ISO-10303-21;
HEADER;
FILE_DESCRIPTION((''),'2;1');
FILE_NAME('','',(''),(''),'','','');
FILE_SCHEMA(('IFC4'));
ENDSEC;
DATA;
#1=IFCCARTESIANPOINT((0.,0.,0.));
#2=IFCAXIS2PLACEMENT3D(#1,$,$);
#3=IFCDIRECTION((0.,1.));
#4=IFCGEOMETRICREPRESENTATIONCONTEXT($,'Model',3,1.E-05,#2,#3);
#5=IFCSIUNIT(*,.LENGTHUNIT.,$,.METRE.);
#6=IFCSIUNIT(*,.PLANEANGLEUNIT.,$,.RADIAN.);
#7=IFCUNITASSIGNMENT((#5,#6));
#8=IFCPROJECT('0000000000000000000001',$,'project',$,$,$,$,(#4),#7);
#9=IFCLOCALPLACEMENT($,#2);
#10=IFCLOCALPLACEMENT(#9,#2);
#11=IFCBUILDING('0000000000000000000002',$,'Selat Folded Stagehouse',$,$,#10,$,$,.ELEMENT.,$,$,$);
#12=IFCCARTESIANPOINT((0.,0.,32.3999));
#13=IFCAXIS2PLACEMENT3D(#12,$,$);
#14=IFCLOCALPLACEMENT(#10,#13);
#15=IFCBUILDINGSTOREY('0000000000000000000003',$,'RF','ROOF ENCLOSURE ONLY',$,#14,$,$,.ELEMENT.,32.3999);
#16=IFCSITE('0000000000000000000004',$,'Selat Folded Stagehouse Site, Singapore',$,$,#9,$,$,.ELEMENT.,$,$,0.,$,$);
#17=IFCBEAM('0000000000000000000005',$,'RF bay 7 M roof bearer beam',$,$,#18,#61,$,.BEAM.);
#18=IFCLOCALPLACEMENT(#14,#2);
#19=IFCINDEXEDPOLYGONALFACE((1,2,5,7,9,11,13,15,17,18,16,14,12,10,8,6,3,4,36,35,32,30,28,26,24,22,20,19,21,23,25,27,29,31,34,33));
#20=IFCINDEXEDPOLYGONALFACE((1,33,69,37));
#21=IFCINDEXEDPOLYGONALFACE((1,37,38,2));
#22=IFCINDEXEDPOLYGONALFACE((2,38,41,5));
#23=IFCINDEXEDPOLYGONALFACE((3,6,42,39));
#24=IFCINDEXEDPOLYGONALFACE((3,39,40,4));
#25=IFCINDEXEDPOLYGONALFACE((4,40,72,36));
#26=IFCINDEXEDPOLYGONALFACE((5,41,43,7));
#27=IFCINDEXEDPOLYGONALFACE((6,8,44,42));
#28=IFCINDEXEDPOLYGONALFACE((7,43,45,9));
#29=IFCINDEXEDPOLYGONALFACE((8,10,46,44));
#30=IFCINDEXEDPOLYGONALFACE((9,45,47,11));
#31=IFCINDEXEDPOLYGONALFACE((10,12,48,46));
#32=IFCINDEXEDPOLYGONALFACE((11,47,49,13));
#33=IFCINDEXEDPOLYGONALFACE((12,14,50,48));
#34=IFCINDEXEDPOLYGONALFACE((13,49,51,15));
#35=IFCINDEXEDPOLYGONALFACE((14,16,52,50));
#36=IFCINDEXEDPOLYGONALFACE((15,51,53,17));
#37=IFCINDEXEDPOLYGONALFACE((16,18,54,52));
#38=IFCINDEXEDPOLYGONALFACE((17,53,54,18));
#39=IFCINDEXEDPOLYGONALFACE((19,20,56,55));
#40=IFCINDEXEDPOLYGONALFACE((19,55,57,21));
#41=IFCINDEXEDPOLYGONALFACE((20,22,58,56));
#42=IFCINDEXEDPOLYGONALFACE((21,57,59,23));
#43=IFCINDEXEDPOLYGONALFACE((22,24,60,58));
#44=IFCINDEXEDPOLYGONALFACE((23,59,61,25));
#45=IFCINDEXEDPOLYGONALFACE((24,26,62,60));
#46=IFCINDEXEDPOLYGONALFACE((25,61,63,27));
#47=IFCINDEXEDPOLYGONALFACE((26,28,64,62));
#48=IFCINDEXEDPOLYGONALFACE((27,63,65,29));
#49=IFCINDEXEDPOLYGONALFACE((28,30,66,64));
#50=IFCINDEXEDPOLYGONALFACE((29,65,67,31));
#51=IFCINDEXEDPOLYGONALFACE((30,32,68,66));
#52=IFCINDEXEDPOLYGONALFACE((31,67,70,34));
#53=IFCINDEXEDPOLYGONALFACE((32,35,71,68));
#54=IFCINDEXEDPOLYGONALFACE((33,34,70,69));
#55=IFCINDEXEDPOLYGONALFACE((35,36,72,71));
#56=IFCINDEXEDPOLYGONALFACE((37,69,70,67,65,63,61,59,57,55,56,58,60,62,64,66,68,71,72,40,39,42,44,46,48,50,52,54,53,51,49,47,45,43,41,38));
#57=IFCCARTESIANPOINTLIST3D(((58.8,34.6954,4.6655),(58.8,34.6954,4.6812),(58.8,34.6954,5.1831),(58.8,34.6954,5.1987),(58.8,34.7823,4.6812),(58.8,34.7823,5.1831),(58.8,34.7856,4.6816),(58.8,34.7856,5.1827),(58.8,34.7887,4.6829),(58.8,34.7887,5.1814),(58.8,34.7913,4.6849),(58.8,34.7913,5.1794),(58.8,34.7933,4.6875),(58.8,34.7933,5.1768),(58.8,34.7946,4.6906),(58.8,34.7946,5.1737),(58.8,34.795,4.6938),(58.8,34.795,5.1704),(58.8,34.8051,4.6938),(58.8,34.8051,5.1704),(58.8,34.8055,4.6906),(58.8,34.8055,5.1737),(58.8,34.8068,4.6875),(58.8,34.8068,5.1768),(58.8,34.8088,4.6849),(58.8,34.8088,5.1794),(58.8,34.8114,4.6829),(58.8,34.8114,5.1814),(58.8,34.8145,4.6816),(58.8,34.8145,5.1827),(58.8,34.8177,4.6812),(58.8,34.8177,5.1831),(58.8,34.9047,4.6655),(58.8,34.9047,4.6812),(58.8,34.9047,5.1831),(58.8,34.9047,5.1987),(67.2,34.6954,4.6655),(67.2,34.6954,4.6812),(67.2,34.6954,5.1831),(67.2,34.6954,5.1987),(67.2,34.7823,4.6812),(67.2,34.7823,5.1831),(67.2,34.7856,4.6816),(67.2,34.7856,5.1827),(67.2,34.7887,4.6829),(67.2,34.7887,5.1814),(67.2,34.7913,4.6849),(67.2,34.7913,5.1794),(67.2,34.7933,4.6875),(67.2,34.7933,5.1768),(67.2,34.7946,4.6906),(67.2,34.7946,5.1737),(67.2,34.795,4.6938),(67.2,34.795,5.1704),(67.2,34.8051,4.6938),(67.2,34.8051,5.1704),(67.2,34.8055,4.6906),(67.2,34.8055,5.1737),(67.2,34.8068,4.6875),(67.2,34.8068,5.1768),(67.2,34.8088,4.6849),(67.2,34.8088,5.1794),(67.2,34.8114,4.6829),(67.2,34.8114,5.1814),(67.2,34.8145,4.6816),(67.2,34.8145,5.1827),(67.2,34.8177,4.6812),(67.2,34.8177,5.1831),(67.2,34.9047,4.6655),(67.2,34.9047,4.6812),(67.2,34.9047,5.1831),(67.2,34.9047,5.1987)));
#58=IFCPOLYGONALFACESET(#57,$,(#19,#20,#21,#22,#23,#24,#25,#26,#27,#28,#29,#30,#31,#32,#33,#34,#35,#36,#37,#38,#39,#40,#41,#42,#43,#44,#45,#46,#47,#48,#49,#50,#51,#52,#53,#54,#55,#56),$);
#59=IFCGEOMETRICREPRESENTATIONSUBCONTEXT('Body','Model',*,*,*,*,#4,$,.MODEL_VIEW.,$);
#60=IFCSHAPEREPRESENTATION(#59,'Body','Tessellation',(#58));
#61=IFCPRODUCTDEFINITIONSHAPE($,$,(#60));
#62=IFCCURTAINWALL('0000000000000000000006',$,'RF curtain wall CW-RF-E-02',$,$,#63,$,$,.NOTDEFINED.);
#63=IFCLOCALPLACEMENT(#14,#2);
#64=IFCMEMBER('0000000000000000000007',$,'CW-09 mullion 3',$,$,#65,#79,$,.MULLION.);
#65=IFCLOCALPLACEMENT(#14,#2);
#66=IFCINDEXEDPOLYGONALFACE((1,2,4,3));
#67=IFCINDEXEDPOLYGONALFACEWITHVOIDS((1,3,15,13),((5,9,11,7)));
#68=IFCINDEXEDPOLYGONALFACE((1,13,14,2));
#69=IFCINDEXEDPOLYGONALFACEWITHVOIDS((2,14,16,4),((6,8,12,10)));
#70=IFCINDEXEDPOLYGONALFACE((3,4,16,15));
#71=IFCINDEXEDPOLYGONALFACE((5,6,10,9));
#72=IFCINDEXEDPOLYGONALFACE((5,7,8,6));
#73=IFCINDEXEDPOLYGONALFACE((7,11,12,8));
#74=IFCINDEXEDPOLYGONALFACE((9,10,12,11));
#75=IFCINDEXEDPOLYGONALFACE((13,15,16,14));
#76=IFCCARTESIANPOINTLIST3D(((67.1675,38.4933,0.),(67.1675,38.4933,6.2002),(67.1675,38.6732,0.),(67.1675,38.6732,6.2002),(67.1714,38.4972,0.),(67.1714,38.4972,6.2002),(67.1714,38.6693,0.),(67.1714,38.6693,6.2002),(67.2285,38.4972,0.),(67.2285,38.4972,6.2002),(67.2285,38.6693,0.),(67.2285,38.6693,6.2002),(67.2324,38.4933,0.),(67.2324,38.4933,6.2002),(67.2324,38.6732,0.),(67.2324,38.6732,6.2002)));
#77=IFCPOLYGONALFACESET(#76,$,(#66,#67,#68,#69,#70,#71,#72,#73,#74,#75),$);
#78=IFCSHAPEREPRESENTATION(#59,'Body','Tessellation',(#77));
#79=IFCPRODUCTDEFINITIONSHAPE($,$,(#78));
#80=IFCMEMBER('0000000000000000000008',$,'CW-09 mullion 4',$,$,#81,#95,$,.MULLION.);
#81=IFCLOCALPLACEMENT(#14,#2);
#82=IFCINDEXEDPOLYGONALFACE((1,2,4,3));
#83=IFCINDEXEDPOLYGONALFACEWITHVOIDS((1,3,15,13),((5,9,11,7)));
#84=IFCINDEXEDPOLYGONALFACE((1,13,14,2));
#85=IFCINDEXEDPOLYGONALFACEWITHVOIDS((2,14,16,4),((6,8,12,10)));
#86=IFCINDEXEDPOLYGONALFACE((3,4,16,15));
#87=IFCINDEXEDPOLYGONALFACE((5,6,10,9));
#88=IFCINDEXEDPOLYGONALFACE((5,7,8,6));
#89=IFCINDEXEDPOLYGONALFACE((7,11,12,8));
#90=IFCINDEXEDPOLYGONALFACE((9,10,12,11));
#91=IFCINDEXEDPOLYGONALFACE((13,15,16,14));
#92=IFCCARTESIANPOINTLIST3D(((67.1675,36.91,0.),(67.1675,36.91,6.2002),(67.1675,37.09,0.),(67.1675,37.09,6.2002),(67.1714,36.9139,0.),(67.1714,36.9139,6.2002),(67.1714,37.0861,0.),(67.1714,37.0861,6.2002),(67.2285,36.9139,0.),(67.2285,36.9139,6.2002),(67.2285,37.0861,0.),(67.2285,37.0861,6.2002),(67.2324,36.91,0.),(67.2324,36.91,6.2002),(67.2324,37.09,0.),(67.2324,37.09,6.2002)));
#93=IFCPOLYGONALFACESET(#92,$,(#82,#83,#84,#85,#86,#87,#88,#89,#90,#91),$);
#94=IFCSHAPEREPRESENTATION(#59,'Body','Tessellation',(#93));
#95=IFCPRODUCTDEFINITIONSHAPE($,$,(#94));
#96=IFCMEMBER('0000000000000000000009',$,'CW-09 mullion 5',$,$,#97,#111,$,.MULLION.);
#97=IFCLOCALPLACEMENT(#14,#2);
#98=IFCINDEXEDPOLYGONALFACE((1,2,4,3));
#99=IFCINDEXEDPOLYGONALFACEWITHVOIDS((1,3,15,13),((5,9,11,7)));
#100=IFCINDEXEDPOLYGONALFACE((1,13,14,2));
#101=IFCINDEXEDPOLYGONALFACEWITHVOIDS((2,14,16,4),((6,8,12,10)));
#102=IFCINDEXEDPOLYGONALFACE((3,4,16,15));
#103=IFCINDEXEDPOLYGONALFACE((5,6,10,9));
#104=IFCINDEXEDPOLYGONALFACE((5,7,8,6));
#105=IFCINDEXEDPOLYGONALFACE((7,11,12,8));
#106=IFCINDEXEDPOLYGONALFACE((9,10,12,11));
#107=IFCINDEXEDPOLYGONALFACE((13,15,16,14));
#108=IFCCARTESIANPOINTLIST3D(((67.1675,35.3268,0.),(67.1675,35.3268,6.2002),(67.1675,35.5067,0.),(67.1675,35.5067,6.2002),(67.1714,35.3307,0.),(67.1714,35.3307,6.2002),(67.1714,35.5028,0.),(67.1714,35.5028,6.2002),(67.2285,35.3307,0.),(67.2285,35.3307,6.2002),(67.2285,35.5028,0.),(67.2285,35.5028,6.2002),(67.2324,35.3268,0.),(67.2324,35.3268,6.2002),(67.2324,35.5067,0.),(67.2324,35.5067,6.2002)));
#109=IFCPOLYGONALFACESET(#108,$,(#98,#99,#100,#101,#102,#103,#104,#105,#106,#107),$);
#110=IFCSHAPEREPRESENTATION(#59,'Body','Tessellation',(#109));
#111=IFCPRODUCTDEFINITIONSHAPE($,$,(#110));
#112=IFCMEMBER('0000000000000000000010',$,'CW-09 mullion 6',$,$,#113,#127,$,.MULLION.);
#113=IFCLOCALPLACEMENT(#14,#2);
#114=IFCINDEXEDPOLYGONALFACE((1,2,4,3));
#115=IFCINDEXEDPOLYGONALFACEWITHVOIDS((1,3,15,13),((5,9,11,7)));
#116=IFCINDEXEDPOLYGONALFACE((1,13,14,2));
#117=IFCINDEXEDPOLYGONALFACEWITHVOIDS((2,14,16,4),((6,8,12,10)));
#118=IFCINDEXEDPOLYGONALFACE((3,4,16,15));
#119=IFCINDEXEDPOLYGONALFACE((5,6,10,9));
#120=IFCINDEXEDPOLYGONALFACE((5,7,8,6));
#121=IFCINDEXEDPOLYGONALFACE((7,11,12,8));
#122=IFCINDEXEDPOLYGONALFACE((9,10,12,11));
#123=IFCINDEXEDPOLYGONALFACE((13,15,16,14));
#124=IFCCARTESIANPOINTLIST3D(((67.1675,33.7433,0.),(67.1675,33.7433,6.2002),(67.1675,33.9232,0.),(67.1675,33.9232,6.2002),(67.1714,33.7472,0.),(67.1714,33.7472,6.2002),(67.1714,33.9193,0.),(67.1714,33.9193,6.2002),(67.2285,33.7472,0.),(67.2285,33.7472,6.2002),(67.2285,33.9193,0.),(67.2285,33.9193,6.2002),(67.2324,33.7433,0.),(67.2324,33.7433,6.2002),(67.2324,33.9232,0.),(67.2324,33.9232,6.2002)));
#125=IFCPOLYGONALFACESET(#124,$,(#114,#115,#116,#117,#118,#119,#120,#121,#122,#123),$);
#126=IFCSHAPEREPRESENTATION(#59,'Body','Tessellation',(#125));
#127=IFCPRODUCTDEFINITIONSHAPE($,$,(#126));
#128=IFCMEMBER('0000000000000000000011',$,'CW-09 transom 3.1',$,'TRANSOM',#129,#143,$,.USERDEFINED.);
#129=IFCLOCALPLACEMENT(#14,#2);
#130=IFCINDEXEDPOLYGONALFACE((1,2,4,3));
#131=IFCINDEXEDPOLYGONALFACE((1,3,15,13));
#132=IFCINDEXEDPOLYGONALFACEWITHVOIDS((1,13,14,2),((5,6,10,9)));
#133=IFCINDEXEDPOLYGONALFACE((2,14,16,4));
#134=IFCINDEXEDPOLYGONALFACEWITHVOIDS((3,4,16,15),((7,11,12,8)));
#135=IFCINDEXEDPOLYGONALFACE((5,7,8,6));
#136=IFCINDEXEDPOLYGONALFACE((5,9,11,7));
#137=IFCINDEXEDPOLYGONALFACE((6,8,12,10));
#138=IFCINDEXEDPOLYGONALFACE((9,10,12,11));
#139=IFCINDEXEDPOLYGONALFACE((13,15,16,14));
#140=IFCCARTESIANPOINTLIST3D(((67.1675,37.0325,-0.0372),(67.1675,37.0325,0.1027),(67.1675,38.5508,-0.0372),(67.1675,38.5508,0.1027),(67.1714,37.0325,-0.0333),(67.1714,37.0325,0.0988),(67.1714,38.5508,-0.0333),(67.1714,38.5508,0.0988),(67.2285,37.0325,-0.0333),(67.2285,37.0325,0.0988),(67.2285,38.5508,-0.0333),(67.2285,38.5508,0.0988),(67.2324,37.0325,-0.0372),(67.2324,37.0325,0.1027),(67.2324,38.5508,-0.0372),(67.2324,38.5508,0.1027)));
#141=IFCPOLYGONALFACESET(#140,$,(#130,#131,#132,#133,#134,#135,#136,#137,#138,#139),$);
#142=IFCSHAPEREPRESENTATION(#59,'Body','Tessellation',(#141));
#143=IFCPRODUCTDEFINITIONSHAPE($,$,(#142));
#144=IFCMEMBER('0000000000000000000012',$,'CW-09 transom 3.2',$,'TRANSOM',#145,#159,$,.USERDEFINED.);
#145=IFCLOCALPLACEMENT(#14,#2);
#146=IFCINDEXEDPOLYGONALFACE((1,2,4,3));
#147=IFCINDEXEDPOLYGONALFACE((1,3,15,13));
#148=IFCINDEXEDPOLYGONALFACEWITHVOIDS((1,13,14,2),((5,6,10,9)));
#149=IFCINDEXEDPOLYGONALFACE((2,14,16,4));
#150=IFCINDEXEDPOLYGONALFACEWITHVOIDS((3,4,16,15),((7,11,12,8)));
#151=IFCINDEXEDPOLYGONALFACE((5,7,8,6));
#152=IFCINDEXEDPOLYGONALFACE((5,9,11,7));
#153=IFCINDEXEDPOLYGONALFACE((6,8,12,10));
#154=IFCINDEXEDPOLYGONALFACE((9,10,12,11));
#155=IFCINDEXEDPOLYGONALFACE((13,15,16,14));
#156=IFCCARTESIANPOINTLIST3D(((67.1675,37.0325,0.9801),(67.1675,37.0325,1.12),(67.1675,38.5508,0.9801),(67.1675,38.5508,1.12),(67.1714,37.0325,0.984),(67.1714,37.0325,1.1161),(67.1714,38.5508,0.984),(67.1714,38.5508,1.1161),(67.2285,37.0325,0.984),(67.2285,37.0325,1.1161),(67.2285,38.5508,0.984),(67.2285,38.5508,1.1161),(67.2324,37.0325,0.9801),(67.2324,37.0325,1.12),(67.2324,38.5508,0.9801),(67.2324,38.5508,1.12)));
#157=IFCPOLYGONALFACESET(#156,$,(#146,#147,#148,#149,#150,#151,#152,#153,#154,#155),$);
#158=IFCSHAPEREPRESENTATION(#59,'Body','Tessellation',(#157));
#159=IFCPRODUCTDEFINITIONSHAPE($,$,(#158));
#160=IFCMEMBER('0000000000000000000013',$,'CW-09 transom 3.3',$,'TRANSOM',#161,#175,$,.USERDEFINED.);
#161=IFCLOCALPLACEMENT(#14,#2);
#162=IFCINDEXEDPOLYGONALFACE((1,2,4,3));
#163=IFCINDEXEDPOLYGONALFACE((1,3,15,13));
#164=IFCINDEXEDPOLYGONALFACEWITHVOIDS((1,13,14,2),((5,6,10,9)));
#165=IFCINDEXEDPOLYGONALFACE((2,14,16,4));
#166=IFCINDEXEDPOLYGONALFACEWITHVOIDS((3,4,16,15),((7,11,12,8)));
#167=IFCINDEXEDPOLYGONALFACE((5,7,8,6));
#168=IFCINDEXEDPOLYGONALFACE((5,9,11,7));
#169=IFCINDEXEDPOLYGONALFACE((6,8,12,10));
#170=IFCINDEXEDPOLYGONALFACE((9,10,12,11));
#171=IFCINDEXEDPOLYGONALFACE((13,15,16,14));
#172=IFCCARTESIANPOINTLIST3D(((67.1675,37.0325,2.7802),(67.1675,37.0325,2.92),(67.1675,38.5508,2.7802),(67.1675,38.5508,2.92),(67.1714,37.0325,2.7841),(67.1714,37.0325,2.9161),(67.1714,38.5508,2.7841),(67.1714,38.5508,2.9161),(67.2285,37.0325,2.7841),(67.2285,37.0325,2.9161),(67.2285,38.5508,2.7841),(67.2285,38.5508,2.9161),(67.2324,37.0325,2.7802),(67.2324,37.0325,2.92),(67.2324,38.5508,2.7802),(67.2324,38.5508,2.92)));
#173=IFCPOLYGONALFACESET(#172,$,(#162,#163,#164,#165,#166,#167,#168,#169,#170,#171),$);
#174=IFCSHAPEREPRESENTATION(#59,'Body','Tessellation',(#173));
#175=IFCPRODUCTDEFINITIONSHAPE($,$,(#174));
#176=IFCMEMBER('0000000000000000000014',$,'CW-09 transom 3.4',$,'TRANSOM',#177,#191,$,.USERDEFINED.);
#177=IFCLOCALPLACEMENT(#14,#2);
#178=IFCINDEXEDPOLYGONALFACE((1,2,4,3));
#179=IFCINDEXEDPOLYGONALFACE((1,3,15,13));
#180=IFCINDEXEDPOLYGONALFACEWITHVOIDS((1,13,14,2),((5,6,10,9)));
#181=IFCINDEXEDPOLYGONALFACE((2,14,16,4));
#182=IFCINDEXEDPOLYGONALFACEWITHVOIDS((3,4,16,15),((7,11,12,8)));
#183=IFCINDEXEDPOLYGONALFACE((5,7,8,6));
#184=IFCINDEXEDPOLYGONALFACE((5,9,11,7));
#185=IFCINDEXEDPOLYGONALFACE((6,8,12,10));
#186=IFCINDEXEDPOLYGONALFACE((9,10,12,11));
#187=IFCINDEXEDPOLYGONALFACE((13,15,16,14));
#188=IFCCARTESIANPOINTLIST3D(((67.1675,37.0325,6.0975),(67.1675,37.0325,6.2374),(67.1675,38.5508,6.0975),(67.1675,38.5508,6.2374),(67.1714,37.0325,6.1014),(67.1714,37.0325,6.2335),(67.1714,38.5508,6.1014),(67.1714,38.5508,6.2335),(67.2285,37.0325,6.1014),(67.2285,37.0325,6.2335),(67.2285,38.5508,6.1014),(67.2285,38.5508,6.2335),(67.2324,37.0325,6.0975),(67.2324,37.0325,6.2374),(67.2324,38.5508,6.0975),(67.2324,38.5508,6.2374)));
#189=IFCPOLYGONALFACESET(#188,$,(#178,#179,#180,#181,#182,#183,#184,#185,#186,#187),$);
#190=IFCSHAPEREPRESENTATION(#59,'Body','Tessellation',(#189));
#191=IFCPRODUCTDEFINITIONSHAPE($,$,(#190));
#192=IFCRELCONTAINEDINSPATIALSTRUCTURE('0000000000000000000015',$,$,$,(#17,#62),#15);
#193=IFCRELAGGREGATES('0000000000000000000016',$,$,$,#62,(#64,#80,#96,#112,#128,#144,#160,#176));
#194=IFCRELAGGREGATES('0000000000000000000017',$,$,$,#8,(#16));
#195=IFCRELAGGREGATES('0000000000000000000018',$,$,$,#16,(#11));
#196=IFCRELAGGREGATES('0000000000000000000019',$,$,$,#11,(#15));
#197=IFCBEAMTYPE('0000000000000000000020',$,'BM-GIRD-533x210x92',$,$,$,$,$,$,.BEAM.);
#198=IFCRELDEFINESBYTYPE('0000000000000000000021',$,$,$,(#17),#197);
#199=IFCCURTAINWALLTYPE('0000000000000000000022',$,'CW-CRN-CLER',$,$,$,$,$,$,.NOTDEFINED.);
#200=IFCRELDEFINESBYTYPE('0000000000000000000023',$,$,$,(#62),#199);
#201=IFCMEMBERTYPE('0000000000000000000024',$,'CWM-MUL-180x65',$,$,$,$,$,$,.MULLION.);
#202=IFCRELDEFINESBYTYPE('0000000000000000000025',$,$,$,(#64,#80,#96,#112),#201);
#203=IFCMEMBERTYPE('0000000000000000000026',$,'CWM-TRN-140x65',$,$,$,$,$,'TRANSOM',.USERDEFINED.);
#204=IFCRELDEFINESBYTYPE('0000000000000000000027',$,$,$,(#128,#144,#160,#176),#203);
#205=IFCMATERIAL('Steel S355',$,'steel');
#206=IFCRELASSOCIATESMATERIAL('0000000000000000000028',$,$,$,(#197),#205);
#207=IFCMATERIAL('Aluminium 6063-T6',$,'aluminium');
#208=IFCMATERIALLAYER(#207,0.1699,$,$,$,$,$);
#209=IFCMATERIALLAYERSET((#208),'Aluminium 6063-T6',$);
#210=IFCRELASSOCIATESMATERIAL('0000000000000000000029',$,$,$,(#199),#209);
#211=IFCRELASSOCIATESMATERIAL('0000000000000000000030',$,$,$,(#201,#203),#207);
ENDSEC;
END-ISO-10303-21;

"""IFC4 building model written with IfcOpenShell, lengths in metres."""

from ifc_helpers import new_model, si_unit, direction, frame, origin, origin_2d, place, context, subcontext, project, spatial, hollow_rectangle, i_section, extrude, material, layer, layer_set, material_profile, profile_set, type_object, element, aggregate, save


model = new_model("IFC4")

# Units and contexts
model_context = context("Model", 3, precision=1e-05, world=origin(), true_north=direction((0.0, 1.0)))
body_context = subcontext(model_context, "Body", "Model", "MODEL_VIEW")
ifc_project = project(units=[si_unit("LENGTHUNIT", "METRE"), si_unit("PLANEANGLEUNIT", "RADIAN")], contexts=[model_context])

# Site, building, storey
site_placement = place(None, origin())
site = spatial("IfcSite", under=ifc_project, at=site_placement, Name="Selat Folded Stagehouse Site, Singapore", CompositionType="ELEMENT", RefElevation=0.0)
building_placement = place(site_placement, origin())
building = spatial("IfcBuilding", under=site, at=building_placement, Name="Selat Folded Stagehouse", CompositionType="ELEMENT")
storey_placement = place(building_placement, frame((0.0, 0.0, 32.3999)))
storey = spatial("IfcBuildingStorey", under=building, at=storey_placement, Name="RF", Description="ROOF ENCLOSURE ONLY", CompositionType="ELEMENT", Elevation=32.3999)

# Beam
ifc_material_1 = material(Name="Steel S355", Category="steel")
ifc_material_profile_1 = material_profile(ifc_material_1, i_section(OverallWidth=0.2092, OverallDepth=0.5332, WebThickness=0.01, FlangeThickness=0.0156, FilletRadius=0.0127, at=origin_2d()), Name="UKB 533x210x92")
ifc_profile_set_1 = profile_set([ifc_material_profile_1], Name="Steel S355")
beam_type = type_object("IfcBeamType", Name="BM-GIRD-533x210x92", PredefinedType="BEAM", material=ifc_profile_set_1)
beam_placement = place(storey_placement, frame((58.8, 34.8, 4.9321), z_axis=(1.0, 0.0, 0.0), x_axis=(0.0, 1.0, 0.0)))
element("IfcBeam", 1, at=beam_placement, inside=storey, type_object=beam_type, Name="RF bay 7 M roof bearer beam", PredefinedType="BEAM", context=body_context, shape_type="SweptSolid", body=[
    extrude(i_section(OverallWidth=0.2092, OverallDepth=0.5332, WebThickness=0.01, FlangeThickness=0.0156, FilletRadius=0.0127, at=origin_2d()), origin(), (0.0, 0.0, 1.0), 8.3999),
])

# Curtain wall, members
ifc_material_2 = material(Name="Aluminium 6063-T6", Category="aluminium")
ifc_layer_1 = layer(ifc_material_2, 0.1699)
ifc_layer_set_1 = layer_set([ifc_layer_1], Name="Aluminium 6063-T6")
curtain_wall_type = type_object("IfcCurtainWallType", Name="CW-CRN-CLER", PredefinedType="NOTDEFINED", material=ifc_layer_set_1)
curtain_wall_placement = place(storey_placement, origin())
curtain_wall = element("IfcCurtainWall", 2, at=curtain_wall_placement, inside=storey, type_object=curtain_wall_type, Name="RF curtain wall CW-RF-E-02", PredefinedType="NOTDEFINED")
ifc_material_profile_2 = material_profile(ifc_material_2, hollow_rectangle(XDim=0.0649, YDim=0.1799, WallThickness=0.0039, at=origin_2d()), Name="ALU 180x65x4.0")
ifc_profile_set_2 = profile_set([ifc_material_profile_2], Name="Aluminium 6063-T6")
member_type_1 = type_object("IfcMemberType", Name="CWM-MUL-180x65", PredefinedType="MULLION", material=ifc_profile_set_2)
member_1_placement = place(storey_placement, frame((67.2, 38.5833, 0.0), z_axis=(0.0, 0.0, 1.0), x_axis=(1.0, 0.0, 0.0)))
member_1 = element("IfcMember", 3, at=member_1_placement, type_object=member_type_1, Name="CW-09 mullion 3", PredefinedType="MULLION", context=body_context, shape_type="SweptSolid", body=[
    extrude(hollow_rectangle(XDim=0.0649, YDim=0.1799, WallThickness=0.0039, at=origin_2d()), origin(), (0.0, 0.0, 1.0), 6.2002),
])
member_2_placement = place(storey_placement, frame((67.2, 37.0, 0.0), z_axis=(0.0, 0.0, 1.0), x_axis=(1.0, 0.0, 0.0)))
member_2 = element("IfcMember", 4, at=member_2_placement, type_object=member_type_1, Name="CW-09 mullion 4", PredefinedType="MULLION", context=body_context, shape_type="SweptSolid", body=[
    extrude(hollow_rectangle(XDim=0.0649, YDim=0.1799, WallThickness=0.0039, at=origin_2d()), origin(), (0.0, 0.0, 1.0), 6.2002),
])
member_3_placement = place(storey_placement, frame((67.2, 35.4167, 0.0), z_axis=(0.0, 0.0, 1.0), x_axis=(1.0, 0.0, 0.0)))
member_3 = element("IfcMember", 5, at=member_3_placement, type_object=member_type_1, Name="CW-09 mullion 5", PredefinedType="MULLION", context=body_context, shape_type="SweptSolid", body=[
    extrude(hollow_rectangle(XDim=0.0649, YDim=0.1799, WallThickness=0.0039, at=origin_2d()), origin(), (0.0, 0.0, 1.0), 6.2002),
])
member_4_placement = place(storey_placement, frame((67.2, 33.8333, 0.0), z_axis=(0.0, 0.0, 1.0), x_axis=(1.0, 0.0, 0.0)))
member_4 = element("IfcMember", 6, at=member_4_placement, type_object=member_type_1, Name="CW-09 mullion 6", PredefinedType="MULLION", context=body_context, shape_type="SweptSolid", body=[
    extrude(hollow_rectangle(XDim=0.0649, YDim=0.1799, WallThickness=0.0039, at=origin_2d()), origin(), (0.0, 0.0, 1.0), 6.2002),
])
ifc_material_profile_3 = material_profile(ifc_material_2, hollow_rectangle(XDim=0.0649, YDim=0.1399, WallThickness=0.0039, at=origin_2d()), Name="ALU 140x65x4.0")
ifc_profile_set_3 = profile_set([ifc_material_profile_3], Name="Aluminium 6063-T6")
member_type_2 = type_object("IfcMemberType", Name="CWM-TRN-140x65", ElementType="TRANSOM", PredefinedType="USERDEFINED", material=ifc_profile_set_3)
member_5_placement = place(storey_placement, frame((67.2, 38.5508, 0.0327), z_axis=(0.0, -1.0, 0.0), x_axis=(1.0, 0.0, 0.0)))
member_5 = element("IfcMember", 7, at=member_5_placement, type_object=member_type_2, Name="CW-09 transom 3.1", ObjectType="TRANSOM", PredefinedType="USERDEFINED", context=body_context, shape_type="SweptSolid", body=[
    extrude(hollow_rectangle(XDim=0.0649, YDim=0.1399, WallThickness=0.0039, at=origin_2d()), origin(), (0.0, 0.0, 1.0), 1.5183),
])
member_6_placement = place(storey_placement, frame((67.2, 38.5508, 1.05), z_axis=(0.0, -1.0, 0.0), x_axis=(1.0, 0.0, 0.0)))
member_6 = element("IfcMember", 8, at=member_6_placement, type_object=member_type_2, Name="CW-09 transom 3.2", ObjectType="TRANSOM", PredefinedType="USERDEFINED", context=body_context, shape_type="SweptSolid", body=[
    extrude(hollow_rectangle(XDim=0.0649, YDim=0.1399, WallThickness=0.0039, at=origin_2d()), origin(), (0.0, 0.0, 1.0), 1.5183),
])
member_7_placement = place(storey_placement, frame((67.2, 38.5508, 2.8501), z_axis=(0.0, -1.0, 0.0), x_axis=(1.0, 0.0, 0.0)))
member_7 = element("IfcMember", 9, at=member_7_placement, type_object=member_type_2, Name="CW-09 transom 3.3", ObjectType="TRANSOM", PredefinedType="USERDEFINED", context=body_context, shape_type="SweptSolid", body=[
    extrude(hollow_rectangle(XDim=0.0649, YDim=0.1399, WallThickness=0.0039, at=origin_2d()), origin(), (0.0, 0.0, 1.0), 1.5183),
])
member_8_placement = place(storey_placement, frame((67.2, 38.5508, 6.1675), z_axis=(0.0, -1.0, 0.0), x_axis=(1.0, 0.0, 0.0)))
member_8 = element("IfcMember", 10, at=member_8_placement, type_object=member_type_2, Name="CW-09 transom 3.4", ObjectType="TRANSOM", PredefinedType="USERDEFINED", context=body_context, shape_type="SweptSolid", body=[
    extrude(hollow_rectangle(XDim=0.0649, YDim=0.1399, WallThickness=0.0039, at=origin_2d()), origin(), (0.0, 0.0, 1.0), 1.5183),
])

aggregate(curtain_wall, [member_1, member_2, member_3, member_4, member_5, member_6, member_7, member_8])

save(model, "model.ifc")
